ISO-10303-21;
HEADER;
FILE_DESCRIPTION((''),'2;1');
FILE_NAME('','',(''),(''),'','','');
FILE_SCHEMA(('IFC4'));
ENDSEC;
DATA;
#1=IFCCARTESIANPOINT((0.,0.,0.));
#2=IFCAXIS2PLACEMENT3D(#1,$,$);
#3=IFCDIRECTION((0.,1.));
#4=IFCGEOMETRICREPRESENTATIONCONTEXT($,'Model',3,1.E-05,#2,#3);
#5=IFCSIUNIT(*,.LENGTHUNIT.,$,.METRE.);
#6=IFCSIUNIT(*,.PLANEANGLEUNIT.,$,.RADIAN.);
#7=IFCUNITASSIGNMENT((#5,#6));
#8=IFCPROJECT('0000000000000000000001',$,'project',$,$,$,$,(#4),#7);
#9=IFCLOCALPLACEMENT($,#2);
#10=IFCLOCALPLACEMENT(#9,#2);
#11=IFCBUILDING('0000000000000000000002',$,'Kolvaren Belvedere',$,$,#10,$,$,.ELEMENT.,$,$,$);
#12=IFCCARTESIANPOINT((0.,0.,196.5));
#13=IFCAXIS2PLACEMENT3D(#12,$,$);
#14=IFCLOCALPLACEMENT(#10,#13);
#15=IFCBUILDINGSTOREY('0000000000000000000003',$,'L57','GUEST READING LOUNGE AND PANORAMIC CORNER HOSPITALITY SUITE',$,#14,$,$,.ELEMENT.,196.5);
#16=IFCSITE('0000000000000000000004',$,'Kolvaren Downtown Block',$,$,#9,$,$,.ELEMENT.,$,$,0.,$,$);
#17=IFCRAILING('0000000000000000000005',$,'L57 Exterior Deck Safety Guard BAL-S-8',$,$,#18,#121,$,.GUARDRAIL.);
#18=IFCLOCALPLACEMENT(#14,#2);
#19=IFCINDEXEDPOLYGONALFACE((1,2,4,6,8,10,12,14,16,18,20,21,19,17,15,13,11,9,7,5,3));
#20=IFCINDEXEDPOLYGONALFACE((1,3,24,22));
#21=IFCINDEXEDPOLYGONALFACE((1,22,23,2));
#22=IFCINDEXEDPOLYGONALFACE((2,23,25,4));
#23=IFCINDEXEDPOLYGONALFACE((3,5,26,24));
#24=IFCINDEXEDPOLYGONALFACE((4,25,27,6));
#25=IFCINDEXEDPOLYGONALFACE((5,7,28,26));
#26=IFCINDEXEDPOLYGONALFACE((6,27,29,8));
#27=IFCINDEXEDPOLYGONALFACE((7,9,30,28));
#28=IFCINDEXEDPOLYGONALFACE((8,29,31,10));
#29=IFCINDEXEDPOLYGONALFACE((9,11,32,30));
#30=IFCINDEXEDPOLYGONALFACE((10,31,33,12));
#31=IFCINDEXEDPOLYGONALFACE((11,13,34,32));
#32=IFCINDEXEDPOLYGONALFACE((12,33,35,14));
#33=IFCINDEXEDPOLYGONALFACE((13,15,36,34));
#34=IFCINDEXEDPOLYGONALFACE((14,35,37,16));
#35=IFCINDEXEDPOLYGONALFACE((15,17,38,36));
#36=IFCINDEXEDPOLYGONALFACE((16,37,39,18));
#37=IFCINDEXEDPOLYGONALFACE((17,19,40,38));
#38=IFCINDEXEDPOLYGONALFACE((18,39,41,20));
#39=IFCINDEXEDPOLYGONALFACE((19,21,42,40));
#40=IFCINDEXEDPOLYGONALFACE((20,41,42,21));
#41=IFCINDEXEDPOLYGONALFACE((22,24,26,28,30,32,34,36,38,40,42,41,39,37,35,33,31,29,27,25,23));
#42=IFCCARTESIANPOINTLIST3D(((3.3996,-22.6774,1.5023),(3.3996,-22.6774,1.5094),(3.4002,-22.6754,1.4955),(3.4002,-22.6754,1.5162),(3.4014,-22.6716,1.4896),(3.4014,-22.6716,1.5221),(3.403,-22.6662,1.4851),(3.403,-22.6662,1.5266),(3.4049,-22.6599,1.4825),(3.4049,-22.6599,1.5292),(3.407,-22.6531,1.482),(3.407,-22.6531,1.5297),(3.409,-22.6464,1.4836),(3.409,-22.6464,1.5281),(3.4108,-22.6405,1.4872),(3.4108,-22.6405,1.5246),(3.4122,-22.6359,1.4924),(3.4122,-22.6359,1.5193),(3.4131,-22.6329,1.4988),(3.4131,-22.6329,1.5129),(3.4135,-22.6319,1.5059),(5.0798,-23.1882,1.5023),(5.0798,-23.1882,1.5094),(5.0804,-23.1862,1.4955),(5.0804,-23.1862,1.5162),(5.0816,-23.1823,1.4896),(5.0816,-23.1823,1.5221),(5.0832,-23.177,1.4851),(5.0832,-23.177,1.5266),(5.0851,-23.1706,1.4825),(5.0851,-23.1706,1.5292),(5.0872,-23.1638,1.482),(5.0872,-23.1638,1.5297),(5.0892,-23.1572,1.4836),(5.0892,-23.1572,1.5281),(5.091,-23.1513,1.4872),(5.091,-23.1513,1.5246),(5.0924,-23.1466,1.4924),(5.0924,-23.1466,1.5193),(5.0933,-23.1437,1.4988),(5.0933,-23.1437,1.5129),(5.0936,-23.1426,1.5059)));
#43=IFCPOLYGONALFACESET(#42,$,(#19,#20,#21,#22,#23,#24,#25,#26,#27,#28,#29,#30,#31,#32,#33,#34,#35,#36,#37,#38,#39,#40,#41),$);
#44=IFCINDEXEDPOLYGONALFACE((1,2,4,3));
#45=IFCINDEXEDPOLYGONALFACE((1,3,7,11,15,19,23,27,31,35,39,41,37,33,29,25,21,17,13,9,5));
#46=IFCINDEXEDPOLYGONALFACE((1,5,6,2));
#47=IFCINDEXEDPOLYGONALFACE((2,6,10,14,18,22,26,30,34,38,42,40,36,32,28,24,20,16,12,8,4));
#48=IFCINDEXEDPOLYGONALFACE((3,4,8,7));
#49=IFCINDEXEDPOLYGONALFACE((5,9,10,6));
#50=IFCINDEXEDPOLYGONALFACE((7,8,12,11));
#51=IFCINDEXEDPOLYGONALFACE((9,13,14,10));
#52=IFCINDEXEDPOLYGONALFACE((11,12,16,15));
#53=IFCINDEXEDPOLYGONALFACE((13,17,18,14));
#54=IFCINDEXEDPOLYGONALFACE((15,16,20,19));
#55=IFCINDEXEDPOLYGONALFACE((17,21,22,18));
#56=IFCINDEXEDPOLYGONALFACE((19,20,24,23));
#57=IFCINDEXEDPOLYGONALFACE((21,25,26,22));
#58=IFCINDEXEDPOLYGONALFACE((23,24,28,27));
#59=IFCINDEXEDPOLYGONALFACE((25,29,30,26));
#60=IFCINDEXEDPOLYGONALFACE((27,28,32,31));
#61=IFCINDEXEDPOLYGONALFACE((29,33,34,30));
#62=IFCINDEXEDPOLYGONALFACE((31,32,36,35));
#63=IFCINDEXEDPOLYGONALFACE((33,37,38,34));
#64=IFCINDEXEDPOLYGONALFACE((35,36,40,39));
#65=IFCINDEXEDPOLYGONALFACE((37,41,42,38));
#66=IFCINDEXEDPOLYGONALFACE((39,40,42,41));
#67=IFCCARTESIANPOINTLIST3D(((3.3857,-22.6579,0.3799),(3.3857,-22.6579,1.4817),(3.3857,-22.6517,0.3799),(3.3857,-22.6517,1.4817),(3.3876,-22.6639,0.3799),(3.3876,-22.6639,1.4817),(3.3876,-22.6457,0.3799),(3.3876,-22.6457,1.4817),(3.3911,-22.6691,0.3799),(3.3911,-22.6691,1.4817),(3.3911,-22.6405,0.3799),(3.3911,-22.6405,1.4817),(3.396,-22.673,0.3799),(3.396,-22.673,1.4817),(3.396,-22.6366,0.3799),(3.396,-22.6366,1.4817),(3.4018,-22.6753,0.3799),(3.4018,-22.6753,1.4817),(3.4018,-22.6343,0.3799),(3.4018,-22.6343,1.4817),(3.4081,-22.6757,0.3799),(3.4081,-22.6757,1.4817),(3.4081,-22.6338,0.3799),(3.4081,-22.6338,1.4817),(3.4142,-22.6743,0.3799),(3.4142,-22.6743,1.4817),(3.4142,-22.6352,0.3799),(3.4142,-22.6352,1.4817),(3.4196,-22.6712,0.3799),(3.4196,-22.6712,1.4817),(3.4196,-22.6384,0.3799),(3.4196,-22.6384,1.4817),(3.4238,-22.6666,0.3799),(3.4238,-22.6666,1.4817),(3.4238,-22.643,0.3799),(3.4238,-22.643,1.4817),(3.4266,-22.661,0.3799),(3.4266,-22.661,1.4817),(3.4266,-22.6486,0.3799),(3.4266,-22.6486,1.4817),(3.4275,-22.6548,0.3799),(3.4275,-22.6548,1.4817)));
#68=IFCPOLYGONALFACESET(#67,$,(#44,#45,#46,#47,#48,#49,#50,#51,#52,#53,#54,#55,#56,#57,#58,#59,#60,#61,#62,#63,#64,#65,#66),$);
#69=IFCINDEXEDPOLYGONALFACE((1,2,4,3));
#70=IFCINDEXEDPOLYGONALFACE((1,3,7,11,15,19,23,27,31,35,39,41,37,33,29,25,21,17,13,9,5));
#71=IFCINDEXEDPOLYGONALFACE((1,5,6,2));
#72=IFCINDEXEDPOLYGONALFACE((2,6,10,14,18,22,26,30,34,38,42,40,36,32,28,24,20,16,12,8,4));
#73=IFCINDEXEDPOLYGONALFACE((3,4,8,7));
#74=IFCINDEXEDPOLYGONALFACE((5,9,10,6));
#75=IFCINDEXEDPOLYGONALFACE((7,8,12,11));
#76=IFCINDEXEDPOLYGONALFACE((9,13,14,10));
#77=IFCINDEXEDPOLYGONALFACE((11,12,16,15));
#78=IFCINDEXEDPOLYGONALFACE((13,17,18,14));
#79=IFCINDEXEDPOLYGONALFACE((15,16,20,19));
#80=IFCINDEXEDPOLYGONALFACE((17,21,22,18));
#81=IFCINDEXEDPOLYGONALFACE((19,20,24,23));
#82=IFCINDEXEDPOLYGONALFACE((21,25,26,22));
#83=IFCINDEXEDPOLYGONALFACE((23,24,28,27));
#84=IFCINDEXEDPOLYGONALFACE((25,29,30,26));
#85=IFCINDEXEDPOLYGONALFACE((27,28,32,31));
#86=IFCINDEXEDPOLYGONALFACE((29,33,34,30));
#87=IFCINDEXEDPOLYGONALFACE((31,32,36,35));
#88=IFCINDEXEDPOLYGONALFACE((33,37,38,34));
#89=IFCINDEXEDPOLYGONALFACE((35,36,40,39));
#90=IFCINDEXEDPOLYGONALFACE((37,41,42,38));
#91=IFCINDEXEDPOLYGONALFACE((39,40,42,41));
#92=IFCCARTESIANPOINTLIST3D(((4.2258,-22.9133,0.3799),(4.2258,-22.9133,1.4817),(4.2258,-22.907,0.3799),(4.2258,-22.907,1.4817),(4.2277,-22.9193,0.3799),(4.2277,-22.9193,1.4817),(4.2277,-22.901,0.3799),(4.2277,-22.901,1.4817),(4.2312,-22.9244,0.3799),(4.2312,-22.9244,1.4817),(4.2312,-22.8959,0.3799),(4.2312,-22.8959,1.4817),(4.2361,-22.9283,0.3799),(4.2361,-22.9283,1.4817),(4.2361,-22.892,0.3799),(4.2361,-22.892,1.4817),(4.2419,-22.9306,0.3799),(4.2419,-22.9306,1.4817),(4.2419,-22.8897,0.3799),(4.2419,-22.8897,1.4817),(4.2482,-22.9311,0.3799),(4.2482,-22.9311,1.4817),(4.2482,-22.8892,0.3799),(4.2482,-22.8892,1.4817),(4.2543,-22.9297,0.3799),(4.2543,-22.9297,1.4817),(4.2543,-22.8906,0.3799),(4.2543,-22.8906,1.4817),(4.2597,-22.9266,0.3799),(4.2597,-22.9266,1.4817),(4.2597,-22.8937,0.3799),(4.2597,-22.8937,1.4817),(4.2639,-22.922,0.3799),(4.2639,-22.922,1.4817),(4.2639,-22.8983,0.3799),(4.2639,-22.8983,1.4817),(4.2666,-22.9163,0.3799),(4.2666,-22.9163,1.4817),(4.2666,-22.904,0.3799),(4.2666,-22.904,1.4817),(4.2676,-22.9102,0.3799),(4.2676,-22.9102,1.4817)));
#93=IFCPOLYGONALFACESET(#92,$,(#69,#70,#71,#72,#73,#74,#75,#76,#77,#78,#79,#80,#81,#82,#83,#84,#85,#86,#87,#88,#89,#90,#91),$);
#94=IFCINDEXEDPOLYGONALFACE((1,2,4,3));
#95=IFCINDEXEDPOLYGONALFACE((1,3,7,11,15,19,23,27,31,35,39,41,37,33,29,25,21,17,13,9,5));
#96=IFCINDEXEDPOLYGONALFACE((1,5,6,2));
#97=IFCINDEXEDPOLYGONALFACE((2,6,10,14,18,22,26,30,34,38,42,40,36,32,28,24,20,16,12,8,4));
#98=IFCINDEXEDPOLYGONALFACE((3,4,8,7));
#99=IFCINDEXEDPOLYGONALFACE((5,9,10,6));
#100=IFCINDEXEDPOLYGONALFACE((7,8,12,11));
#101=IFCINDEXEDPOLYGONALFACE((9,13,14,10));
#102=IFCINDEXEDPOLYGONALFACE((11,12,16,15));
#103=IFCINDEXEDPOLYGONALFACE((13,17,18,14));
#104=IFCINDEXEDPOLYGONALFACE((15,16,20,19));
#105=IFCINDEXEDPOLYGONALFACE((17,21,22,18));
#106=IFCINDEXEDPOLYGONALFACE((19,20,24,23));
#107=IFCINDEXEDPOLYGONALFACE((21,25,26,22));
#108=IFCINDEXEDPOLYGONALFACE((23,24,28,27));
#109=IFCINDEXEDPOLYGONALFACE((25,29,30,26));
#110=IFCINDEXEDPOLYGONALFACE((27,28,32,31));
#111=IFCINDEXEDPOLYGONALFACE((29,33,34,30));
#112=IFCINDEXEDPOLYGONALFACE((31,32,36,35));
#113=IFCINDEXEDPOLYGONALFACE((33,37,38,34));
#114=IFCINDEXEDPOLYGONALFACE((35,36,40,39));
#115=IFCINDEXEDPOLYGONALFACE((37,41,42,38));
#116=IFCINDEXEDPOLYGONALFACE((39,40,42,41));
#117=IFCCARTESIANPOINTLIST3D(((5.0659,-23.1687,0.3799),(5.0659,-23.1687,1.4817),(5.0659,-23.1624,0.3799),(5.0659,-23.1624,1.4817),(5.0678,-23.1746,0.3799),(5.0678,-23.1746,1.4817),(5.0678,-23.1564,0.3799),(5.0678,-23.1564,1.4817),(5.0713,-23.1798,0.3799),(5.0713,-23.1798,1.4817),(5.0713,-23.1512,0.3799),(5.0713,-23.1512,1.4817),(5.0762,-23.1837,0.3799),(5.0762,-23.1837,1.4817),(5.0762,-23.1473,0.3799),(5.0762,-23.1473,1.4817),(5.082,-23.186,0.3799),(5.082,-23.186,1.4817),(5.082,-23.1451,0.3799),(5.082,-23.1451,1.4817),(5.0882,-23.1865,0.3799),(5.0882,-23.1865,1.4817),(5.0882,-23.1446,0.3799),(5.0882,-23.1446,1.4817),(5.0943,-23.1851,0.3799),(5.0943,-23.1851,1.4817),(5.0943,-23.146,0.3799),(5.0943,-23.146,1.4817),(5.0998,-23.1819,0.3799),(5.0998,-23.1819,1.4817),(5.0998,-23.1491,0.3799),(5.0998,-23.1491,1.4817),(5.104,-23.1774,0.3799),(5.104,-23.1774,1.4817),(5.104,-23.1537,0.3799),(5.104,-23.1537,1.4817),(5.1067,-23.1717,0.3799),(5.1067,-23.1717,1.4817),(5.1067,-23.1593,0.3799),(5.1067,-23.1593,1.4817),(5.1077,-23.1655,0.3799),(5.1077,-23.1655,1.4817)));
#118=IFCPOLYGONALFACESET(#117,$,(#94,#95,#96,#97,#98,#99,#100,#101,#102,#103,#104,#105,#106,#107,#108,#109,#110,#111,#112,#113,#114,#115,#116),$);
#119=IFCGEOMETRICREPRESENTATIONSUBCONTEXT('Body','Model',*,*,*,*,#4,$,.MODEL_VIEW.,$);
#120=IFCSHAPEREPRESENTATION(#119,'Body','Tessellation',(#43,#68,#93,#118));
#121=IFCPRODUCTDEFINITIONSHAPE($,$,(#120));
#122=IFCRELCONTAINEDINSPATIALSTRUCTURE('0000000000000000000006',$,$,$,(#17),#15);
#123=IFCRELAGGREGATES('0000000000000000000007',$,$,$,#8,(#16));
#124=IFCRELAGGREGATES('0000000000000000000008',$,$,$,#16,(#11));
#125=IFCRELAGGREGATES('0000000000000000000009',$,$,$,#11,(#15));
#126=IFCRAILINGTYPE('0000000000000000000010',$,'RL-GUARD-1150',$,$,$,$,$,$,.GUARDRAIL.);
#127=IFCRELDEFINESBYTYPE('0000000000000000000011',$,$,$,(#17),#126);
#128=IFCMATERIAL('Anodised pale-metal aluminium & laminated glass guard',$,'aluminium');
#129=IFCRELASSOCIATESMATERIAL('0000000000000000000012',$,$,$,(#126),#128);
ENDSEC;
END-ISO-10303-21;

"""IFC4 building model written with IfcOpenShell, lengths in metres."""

from ifc_helpers import new_model, si_unit, direction, frame, origin, origin_2d, place, context, subcontext, project, spatial, circle, extrude, material, type_object, element, save


model = new_model("IFC4")

# Units and contexts
model_context = context("Model", 3, precision=1e-05, world=origin(), true_north=direction((0.0, 1.0)))
body_context = subcontext(model_context, "Body", "Model", "MODEL_VIEW")
ifc_project = project(units=[si_unit("LENGTHUNIT", "METRE"), si_unit("PLANEANGLEUNIT", "RADIAN")], contexts=[model_context])

# Site, building, storey
site_placement = place(None, origin())
site = spatial("IfcSite", under=ifc_project, at=site_placement, Name="Kolvaren Downtown Block", CompositionType="ELEMENT", RefElevation=0.0)
building_placement = place(site_placement, origin())
building = spatial("IfcBuilding", under=site, at=building_placement, Name="Kolvaren Belvedere", CompositionType="ELEMENT")
storey_placement = place(building_placement, frame((0.0, 0.0, 196.5)))
storey = spatial("IfcBuildingStorey", under=building, at=storey_placement, Name="L57", Description="GUEST READING LOUNGE AND PANORAMIC CORNER HOSPITALITY SUITE", CompositionType="ELEMENT", Elevation=196.5)

# Railing
ifc_material_1 = material(Name="Anodised pale-metal aluminium & laminated glass guard", Category="aluminium")
railing_type = type_object("IfcRailingType", Name="RL-GUARD-1150", PredefinedType="GUARDRAIL", material=ifc_material_1)
railing_1_placement = place(storey_placement, frame((3.4065, -22.6548, 0.3799)))
element("IfcRailing", 1, at=railing_1_placement, inside=storey, type_object=railing_type, Name="L57 Exterior Deck Safety Guard BAL-S-8", PredefinedType="GUARDRAIL", context=body_context, shape_type="SweptSolid", body=[
    extrude(circle(Radius=0.0239, at=origin_2d()), frame((0.0, 0.0, 1.126), z_axis=(0.956771, -0.290841, 0.0), x_axis=(0.290841, 0.956771, 0.0)), (0.0, 0.0, 1.0), 1.7561),
    extrude(circle(Radius=0.021, at=origin_2d()), origin(), (0.0, 0.0, 1.0), 1.1018),
    extrude(circle(Radius=0.021, at=origin_2d()), frame((0.8401, -0.2554, 0.0)), (0.0, 0.0, 1.0), 1.1018),
    extrude(circle(Radius=0.021, at=origin_2d()), frame((1.6802, -0.5107, 0.0)), (0.0, 0.0, 1.0), 1.1018),
])

save(model, "model.ifc")
